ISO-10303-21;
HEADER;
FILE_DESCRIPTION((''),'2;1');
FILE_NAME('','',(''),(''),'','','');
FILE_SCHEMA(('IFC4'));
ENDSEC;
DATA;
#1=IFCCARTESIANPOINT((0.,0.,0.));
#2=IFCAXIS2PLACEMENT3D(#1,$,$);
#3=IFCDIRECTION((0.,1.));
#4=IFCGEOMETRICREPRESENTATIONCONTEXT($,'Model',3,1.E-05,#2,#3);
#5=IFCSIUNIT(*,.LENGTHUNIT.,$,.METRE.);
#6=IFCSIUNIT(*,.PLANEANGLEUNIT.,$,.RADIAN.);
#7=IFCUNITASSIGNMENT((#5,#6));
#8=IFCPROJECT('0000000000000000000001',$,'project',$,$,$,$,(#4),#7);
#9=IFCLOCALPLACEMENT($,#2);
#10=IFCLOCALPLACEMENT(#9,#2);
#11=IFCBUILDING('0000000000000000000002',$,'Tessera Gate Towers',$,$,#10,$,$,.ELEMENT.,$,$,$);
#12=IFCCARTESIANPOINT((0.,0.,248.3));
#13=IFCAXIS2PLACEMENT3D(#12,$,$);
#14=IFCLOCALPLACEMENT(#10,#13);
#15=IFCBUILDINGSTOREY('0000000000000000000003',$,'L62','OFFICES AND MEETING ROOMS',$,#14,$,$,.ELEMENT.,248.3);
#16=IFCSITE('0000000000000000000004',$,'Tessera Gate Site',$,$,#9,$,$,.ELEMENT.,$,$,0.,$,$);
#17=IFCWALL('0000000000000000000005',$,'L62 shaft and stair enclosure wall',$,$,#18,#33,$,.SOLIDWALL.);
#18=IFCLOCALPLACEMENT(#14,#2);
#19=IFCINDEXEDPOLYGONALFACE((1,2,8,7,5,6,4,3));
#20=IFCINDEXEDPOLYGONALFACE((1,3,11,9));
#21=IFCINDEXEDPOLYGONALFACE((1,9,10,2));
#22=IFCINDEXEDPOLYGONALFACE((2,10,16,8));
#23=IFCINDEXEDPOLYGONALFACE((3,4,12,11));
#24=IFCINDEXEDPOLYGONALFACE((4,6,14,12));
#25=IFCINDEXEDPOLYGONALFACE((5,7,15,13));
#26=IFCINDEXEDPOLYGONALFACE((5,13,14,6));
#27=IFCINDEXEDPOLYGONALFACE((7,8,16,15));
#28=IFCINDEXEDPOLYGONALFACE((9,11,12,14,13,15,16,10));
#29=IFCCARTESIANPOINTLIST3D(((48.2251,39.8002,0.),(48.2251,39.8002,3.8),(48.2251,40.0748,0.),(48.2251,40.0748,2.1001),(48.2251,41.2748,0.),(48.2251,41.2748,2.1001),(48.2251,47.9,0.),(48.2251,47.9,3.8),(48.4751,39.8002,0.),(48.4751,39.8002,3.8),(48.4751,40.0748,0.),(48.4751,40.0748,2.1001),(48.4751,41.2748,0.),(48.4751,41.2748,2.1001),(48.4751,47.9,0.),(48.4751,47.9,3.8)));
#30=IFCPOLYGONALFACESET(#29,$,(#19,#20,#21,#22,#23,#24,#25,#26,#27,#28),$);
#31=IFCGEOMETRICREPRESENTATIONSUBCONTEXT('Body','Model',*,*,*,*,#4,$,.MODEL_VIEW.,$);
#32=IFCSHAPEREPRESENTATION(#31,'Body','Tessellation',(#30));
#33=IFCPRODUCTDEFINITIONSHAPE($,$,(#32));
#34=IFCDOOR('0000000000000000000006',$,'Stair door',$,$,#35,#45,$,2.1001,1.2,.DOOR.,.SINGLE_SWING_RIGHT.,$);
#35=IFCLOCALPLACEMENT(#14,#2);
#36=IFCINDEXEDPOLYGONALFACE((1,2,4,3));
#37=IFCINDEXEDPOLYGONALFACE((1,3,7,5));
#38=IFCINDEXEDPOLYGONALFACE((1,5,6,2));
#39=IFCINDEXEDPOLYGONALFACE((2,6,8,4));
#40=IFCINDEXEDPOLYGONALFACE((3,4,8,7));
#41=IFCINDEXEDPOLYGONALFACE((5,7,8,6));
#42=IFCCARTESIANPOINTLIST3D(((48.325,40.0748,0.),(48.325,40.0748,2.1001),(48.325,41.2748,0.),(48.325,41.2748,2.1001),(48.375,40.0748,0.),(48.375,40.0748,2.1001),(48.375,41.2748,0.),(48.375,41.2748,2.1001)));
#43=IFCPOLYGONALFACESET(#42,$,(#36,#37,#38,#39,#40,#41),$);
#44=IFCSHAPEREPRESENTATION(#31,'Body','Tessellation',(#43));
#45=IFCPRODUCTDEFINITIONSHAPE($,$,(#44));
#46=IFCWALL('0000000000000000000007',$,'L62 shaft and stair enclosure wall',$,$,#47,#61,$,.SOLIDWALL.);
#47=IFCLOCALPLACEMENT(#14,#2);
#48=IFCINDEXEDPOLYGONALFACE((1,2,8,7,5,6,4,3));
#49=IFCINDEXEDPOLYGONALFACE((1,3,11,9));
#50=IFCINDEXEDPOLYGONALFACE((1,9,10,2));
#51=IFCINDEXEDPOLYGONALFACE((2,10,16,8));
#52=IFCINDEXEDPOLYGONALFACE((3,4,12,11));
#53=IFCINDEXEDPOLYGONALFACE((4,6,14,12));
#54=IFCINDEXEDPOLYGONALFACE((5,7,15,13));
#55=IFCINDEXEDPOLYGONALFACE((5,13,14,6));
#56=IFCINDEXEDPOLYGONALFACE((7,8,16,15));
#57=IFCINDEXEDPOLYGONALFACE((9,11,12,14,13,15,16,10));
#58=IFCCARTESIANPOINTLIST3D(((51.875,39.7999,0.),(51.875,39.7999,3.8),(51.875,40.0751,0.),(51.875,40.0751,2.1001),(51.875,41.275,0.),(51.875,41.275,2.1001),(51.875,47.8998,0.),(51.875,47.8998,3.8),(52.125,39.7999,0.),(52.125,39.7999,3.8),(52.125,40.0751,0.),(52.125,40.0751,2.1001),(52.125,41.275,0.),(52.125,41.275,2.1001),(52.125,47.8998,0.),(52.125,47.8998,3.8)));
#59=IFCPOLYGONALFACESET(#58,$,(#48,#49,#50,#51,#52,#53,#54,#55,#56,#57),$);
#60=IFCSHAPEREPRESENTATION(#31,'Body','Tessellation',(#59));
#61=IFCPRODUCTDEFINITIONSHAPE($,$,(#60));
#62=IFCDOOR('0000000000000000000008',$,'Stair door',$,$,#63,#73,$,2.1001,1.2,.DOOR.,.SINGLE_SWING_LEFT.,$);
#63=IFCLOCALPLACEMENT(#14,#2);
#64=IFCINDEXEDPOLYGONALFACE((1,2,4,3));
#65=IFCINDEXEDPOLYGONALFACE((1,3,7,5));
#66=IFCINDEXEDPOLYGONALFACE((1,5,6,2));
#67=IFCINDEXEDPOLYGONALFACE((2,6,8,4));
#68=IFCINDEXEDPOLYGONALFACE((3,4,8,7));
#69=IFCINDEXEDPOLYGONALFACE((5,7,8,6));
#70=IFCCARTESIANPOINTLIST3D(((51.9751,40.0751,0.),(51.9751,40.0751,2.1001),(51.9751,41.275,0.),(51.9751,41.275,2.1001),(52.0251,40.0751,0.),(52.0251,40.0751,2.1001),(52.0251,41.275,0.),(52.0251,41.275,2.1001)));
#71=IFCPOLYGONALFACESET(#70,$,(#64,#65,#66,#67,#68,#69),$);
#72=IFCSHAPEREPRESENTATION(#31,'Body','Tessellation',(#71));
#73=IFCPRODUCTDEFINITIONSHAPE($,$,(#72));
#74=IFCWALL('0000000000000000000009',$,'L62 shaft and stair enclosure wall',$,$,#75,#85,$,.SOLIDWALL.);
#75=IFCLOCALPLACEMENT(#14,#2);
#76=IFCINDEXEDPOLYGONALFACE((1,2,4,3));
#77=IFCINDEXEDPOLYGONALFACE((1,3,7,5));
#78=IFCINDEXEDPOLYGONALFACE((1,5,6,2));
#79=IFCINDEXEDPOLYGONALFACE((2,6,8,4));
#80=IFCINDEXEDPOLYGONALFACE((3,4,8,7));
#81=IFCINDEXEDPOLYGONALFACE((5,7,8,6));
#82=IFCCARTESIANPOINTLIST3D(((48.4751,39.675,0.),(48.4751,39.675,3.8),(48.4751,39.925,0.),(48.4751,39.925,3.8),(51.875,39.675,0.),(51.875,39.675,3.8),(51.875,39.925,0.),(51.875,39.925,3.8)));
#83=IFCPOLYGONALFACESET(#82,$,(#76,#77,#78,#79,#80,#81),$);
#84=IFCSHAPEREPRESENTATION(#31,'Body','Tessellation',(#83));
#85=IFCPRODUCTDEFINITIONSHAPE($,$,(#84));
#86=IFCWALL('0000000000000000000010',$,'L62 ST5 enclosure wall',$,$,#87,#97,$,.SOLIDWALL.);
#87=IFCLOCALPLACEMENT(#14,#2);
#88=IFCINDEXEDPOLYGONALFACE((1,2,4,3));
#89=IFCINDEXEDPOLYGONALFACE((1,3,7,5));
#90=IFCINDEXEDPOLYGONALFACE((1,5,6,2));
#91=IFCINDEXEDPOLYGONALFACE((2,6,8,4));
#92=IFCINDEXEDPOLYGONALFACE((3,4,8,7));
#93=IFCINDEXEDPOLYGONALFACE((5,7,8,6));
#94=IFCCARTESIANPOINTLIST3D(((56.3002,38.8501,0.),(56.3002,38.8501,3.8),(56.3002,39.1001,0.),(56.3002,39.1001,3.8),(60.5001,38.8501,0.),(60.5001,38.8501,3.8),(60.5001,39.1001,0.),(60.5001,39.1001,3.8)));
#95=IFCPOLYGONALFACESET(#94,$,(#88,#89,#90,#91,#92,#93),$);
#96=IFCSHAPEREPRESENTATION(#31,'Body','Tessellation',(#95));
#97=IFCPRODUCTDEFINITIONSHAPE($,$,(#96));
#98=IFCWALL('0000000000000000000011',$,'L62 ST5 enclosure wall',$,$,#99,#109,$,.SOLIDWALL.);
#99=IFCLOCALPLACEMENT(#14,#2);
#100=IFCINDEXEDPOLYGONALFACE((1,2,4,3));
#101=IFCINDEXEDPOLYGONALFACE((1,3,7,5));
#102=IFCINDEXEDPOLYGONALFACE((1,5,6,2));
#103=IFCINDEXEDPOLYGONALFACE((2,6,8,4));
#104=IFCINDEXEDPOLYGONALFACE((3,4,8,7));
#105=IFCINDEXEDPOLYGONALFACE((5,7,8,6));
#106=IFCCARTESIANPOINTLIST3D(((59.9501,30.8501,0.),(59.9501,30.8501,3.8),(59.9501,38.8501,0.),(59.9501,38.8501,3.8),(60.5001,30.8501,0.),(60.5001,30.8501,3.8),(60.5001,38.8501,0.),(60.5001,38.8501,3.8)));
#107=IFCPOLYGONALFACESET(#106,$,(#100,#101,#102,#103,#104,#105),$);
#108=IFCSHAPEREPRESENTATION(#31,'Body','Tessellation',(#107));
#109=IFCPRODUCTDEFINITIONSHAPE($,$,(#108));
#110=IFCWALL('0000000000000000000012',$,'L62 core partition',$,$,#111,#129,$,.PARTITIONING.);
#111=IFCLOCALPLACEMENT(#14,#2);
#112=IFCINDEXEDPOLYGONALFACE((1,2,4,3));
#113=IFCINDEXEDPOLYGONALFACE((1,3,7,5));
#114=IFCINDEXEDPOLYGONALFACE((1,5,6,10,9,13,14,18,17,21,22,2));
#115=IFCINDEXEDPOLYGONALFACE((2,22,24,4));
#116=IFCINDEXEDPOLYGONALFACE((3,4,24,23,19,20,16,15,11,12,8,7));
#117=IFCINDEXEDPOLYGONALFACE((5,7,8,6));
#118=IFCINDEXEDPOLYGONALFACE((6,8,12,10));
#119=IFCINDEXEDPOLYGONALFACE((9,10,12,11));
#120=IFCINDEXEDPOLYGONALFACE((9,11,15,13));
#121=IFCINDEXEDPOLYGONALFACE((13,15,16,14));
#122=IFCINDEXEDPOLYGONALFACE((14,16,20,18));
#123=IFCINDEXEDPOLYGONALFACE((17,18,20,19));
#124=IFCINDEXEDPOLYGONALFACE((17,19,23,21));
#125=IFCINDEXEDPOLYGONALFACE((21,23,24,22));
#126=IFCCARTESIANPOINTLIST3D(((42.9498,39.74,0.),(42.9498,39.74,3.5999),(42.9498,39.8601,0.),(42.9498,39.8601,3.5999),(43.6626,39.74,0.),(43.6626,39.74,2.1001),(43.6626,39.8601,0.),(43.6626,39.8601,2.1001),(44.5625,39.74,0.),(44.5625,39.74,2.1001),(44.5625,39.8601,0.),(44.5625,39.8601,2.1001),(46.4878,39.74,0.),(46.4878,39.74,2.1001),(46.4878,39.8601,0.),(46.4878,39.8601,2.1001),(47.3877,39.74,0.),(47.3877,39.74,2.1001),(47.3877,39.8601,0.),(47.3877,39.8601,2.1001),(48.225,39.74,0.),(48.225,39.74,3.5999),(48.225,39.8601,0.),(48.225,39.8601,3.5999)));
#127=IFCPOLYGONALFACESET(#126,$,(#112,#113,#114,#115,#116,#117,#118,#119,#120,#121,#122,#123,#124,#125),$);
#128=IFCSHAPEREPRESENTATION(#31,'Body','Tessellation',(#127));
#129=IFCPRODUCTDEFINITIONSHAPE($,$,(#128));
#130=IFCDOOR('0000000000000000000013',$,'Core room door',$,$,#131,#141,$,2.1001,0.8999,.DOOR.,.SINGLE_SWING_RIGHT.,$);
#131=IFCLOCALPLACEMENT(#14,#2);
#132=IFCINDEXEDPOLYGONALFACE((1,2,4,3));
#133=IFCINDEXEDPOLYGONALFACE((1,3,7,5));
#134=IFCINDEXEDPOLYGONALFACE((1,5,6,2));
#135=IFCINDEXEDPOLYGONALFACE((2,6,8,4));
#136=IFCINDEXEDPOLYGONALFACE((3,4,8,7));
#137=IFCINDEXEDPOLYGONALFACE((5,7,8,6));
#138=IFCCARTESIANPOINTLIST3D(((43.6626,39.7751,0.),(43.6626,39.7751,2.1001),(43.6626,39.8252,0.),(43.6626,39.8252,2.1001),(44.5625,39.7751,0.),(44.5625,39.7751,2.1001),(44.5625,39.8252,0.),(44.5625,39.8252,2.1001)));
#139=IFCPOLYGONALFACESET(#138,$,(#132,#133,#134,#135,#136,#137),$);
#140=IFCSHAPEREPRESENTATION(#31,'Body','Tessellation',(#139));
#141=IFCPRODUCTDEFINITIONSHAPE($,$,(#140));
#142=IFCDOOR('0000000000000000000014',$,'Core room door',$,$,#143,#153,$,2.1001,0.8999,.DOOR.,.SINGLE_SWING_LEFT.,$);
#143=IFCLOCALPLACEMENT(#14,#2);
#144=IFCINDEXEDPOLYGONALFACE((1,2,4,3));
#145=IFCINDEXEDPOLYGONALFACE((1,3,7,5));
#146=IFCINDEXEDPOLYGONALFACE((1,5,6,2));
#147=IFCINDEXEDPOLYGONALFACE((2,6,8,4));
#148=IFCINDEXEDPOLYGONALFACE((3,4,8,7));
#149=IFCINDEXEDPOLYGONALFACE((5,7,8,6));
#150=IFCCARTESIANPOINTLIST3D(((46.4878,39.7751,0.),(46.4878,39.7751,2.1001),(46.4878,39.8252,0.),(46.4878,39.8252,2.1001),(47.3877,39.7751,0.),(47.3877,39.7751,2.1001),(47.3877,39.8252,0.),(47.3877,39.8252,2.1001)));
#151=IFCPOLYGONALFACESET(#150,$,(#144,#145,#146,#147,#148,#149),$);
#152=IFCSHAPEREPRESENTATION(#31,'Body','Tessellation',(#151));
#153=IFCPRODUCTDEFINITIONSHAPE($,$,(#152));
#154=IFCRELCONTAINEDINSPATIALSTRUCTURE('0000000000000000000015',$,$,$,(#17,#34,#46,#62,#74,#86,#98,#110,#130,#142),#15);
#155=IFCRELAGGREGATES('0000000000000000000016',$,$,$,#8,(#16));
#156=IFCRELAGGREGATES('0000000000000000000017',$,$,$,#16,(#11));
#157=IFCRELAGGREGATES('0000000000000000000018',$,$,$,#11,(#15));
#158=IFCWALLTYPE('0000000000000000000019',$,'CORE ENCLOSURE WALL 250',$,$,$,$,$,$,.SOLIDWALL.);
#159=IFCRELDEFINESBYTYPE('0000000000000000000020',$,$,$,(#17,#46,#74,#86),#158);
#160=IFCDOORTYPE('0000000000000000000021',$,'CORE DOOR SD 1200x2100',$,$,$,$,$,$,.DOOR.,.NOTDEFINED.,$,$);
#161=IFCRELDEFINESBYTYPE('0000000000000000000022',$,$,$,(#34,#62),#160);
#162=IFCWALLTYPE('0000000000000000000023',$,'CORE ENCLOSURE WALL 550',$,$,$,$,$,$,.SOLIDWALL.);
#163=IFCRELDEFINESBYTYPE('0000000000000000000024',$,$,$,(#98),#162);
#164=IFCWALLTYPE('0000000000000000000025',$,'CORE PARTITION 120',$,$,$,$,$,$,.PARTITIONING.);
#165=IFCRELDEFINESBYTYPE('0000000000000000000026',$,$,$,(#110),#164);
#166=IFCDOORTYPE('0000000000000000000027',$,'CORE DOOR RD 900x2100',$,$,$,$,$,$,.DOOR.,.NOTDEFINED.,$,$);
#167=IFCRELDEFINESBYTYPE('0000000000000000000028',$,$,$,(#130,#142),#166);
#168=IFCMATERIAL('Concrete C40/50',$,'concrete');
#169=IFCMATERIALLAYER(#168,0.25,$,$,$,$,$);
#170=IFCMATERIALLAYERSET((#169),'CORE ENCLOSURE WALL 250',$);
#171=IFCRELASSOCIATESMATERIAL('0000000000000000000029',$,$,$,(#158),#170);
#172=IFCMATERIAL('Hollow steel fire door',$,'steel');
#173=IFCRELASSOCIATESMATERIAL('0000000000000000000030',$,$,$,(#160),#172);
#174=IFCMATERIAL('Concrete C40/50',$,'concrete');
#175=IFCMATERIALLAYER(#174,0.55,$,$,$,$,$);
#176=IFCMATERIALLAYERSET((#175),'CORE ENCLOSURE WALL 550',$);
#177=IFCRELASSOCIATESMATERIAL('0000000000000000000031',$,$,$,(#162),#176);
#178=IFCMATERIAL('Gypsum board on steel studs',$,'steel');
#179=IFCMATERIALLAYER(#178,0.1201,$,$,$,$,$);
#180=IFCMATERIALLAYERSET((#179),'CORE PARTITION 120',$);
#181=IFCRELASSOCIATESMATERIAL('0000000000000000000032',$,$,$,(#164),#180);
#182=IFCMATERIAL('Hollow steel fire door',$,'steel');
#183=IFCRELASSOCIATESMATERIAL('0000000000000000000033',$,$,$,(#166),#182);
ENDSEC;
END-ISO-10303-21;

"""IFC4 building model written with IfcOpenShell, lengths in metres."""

from ifc_helpers import new_model, si_unit, direction, frame, frame_2d, origin, place, context, subcontext, project, spatial, rectangle, extrude, source, transform, mapped, material, layer, layer_set, type_object, element, fill, save


model = new_model("IFC4")

# Units and contexts
model_context = context("Model", 3, precision=1e-05, world=origin(), true_north=direction((0.0, 1.0)))
body_context = subcontext(model_context, "Body", "Model", "MODEL_VIEW")
ifc_project = project(units=[si_unit("LENGTHUNIT", "METRE"), si_unit("PLANEANGLEUNIT", "RADIAN")], contexts=[model_context])

# Site, building, storey
site_placement = place(None, origin())
site = spatial("IfcSite", under=ifc_project, at=site_placement, Name="Tessera Gate Site", CompositionType="ELEMENT", RefElevation=0.0)
building_placement = place(site_placement, origin())
building = spatial("IfcBuilding", under=site, at=building_placement, Name="Tessera Gate Towers", CompositionType="ELEMENT")
storey_placement = place(building_placement, frame((0.0, 0.0, 248.3)))
storey = spatial("IfcBuildingStorey", under=building, at=storey_placement, Name="L62", Description="OFFICES AND MEETING ROOMS", CompositionType="ELEMENT", Elevation=248.3)

# Walls, openings, doors
ifc_material_1 = material(Name="Concrete C40/50", Category="concrete")
ifc_layer_1 = layer(ifc_material_1, 0.25)
ifc_layer_set_1 = layer_set([ifc_layer_1], Name="CORE ENCLOSURE WALL 250")
wall_type_1 = type_object("IfcWallType", Name="CORE ENCLOSURE WALL 250", PredefinedType="SOLIDWALL", material=ifc_layer_set_1)
wall_1_placement = place(storey_placement, frame((48.3501, 47.8999, 0.0), z_axis=(0.0, 0.0, 1.0), x_axis=(0.0, -1.0, 0.0)))
wall_1 = element("IfcWall", 1, at=wall_1_placement, inside=storey, type_object=wall_type_1, Name="L62 shaft and stair enclosure wall", PredefinedType="SOLIDWALL", context=body_context, shape_type="SweptSolid", body=[
    extrude(rectangle(XDim=8.0999, YDim=0.25, at=frame_2d((4.0498, 0.0))), origin(), (0.0, 0.0, 1.0), 3.8),
])
shared_shape_1 = source(origin(), body_context, "Body", "SweptSolid", [
    extrude(rectangle(XDim=1.2, YDim=2.1001, at=frame_2d((0.6001, 1.05))), frame((0.0, 0.135, 0.0), z_axis=(0.0, -1.0, 0.0), x_axis=(1.0, 0.0, 0.0)), (0.0, 0.0, 1.0), 0.27),
])
opening_1_placement = place(wall_1_placement, frame((6.625, 0.0, 0.0)))
opening_1 = element("IfcOpeningElement", 2, at=opening_1_placement, cuts=wall_1, PredefinedType="OPENING", context=body_context, shape_type="MappedRepresentation", body=[
    mapped(shared_shape_1, transform((0.0, 0.0, 0.0), scale=1.0)),
])
ifc_material_2 = material(Name="Hollow steel fire door", Category="steel")
door_type_1 = type_object("IfcDoorType", Name="CORE DOOR SD 1200x2100", OperationType="NOTDEFINED", PredefinedType="DOOR", material=ifc_material_2)
shared_shape_2 = source(origin(), body_context, "Body", "SweptSolid", [
    extrude(rectangle(XDim=1.2, YDim=2.1001, at=frame_2d((0.6001, 1.05))), frame((0.0, 0.0249, 0.0), z_axis=(0.0, -1.0, 0.0), x_axis=(1.0, 0.0, 0.0)), (0.0, 0.0, 1.0), 0.05),
])
door_1_placement = place(opening_1_placement, origin())
door_1 = element("IfcDoor", 3, at=door_1_placement, inside=storey, type_object=door_type_1, Name="Stair door", OperationType="SINGLE_SWING_RIGHT", OverallHeight=2.1001, OverallWidth=1.2, PredefinedType="DOOR", context=body_context, shape_type="MappedRepresentation", body=[
    mapped(shared_shape_2, transform((0.0, 0.0, 0.0), scale=1.0)),
])
fill(opening_1, door_1)
wall_2_placement = place(storey_placement, frame((52.0, 39.8, 0.0), z_axis=(0.0, 0.0, 1.0), x_axis=(0.0, 1.0, 0.0)))
wall_2 = element("IfcWall", 4, at=wall_2_placement, inside=storey, type_object=wall_type_1, Name="L62 shaft and stair enclosure wall", PredefinedType="SOLIDWALL", context=body_context, shape_type="SweptSolid", body=[
    extrude(rectangle(XDim=8.0999, YDim=0.25, at=frame_2d((4.0498, 0.0))), origin(), (0.0, 0.0, 1.0), 3.8),
])
opening_2_placement = place(wall_2_placement, frame((0.2749, 0.0, 0.0)))
opening_2 = element("IfcOpeningElement", 5, at=opening_2_placement, cuts=wall_2, PredefinedType="OPENING", context=body_context, shape_type="MappedRepresentation", body=[
    mapped(shared_shape_1, transform((0.0, 0.0, 0.0), scale=1.0)),
])
door_2_placement = place(opening_2_placement, origin())
door_2 = element("IfcDoor", 6, at=door_2_placement, inside=storey, type_object=door_type_1, Name="Stair door", OperationType="SINGLE_SWING_LEFT", OverallHeight=2.1001, OverallWidth=1.2, PredefinedType="DOOR", context=body_context, shape_type="MappedRepresentation", body=[
    mapped(shared_shape_2, transform((0.0, 0.0, 0.0), scale=1.0)),
])
fill(opening_2, door_2)

# Walls
wall_3_placement = place(storey_placement, frame((48.4751, 39.8, 0.0), z_axis=(0.0, 0.0, 1.0), x_axis=(1.0, 0.0, 0.0)))
element("IfcWall", 7, at=wall_3_placement, inside=storey, type_object=wall_type_1, Name="L62 shaft and stair enclosure wall", PredefinedType="SOLIDWALL", context=body_context, shape_type="SweptSolid", body=[
    extrude(rectangle(XDim=3.3999, YDim=0.25, at=frame_2d((1.7, 0.0))), origin(), (0.0, 0.0, 1.0), 3.8),
])
wall_4_placement = place(storey_placement, frame((56.3, 38.9751, 0.0), z_axis=(0.0, 0.0, 1.0), x_axis=(1.0, 0.0, 0.0)))
element("IfcWall", 8, at=wall_4_placement, inside=storey, type_object=wall_type_1, Name="L62 ST5 enclosure wall", PredefinedType="SOLIDWALL", context=body_context, shape_type="SweptSolid", body=[
    extrude(rectangle(XDim=4.2, YDim=0.25, at=frame_2d((2.1001, 0.0))), origin(), (0.0, 0.0, 1.0), 3.8),
])
ifc_material_3 = material(Name="Concrete C40/50", Category="concrete")
ifc_layer_2 = layer(ifc_material_3, 0.55)
ifc_layer_set_2 = layer_set([ifc_layer_2], Name="CORE ENCLOSURE WALL 550")
wall_type_2 = type_object("IfcWallType", Name="CORE ENCLOSURE WALL 550", PredefinedType="SOLIDWALL", material=ifc_layer_set_2)
wall_5_placement = place(storey_placement, frame((60.2251, 38.8501, 0.0), z_axis=(0.0, 0.0, 1.0), x_axis=(0.0, -1.0, 0.0)))
element("IfcWall", 9, at=wall_5_placement, inside=storey, type_object=wall_type_2, Name="L62 ST5 enclosure wall", PredefinedType="SOLIDWALL", context=body_context, shape_type="SweptSolid", body=[
    extrude(rectangle(XDim=8.0, YDim=0.55, at=frame_2d((4.0, 0.0))), origin(), (0.0, 0.0, 1.0), 3.8),
])

# Wall, openings, doors
ifc_material_4 = material(Name="Gypsum board on steel studs", Category="steel")
ifc_layer_3 = layer(ifc_material_4, 0.1201)
ifc_layer_set_3 = layer_set([ifc_layer_3], Name="CORE PARTITION 120")
wall_type_3 = type_object("IfcWallType", Name="CORE PARTITION 120", PredefinedType="PARTITIONING", material=ifc_layer_set_3)
wall_6_placement = place(storey_placement, frame((48.2251, 39.8, 0.0), z_axis=(0.0, 0.0, 1.0), x_axis=(-1.0, 0.0, 0.0)))
wall_6 = element("IfcWall", 10, at=wall_6_placement, inside=storey, type_object=wall_type_3, Name="L62 core partition", PredefinedType="PARTITIONING", context=body_context, shape_type="SweptSolid", body=[
    extrude(rectangle(XDim=5.2751, YDim=0.1201, at=frame_2d((2.6377, 0.0))), origin(), (0.0, 0.0, 1.0), 3.5999),
])
shared_shape_3 = source(origin(), body_context, "Body", "SweptSolid", [
    extrude(rectangle(XDim=0.8999, YDim=2.1001, at=frame_2d((0.45, 1.05))), frame((0.0, 0.0701, 0.0), z_axis=(0.0, -1.0, 0.0), x_axis=(1.0, 0.0, 0.0)), (0.0, 0.0, 1.0), 0.1401),
])
opening_3_placement = place(wall_6_placement, frame((3.6626, 0.0, 0.0)))
opening_3 = element("IfcOpeningElement", 11, at=opening_3_placement, cuts=wall_6, PredefinedType="OPENING", context=body_context, shape_type="MappedRepresentation", body=[
    mapped(shared_shape_3, transform((0.0, 0.0, 0.0), scale=1.0)),
])
opening_4_placement = place(wall_6_placement, frame((0.8374, 0.0, 0.0)))
opening_4 = element("IfcOpeningElement", 12, at=opening_4_placement, cuts=wall_6, PredefinedType="OPENING", context=body_context, shape_type="MappedRepresentation", body=[
    mapped(shared_shape_3, transform((0.0, 0.0, 0.0), scale=1.0)),
])
ifc_material_5 = material(Name="Hollow steel fire door", Category="steel")
door_type_2 = type_object("IfcDoorType", Name="CORE DOOR RD 900x2100", OperationType="NOTDEFINED", PredefinedType="DOOR", material=ifc_material_5)
shared_shape_4 = source(origin(), body_context, "Body", "SweptSolid", [
    extrude(rectangle(XDim=0.8999, YDim=2.1001, at=frame_2d((0.45, 1.05))), frame((0.0, 0.0249, 0.0), z_axis=(0.0, -1.0, 0.0), x_axis=(1.0, 0.0, 0.0)), (0.0, 0.0, 1.0), 0.05),
])
door_3_placement = place(opening_3_placement, origin())
door_3 = element("IfcDoor", 13, at=door_3_placement, inside=storey, type_object=door_type_2, Name="Core room door", OperationType="SINGLE_SWING_RIGHT", OverallHeight=2.1001, OverallWidth=0.8999, PredefinedType="DOOR", context=body_context, shape_type="MappedRepresentation", body=[
    mapped(shared_shape_4, transform((0.0, 0.0, 0.0), scale=1.0)),
])
fill(opening_3, door_3)
door_4_placement = place(opening_4_placement, origin())
door_4 = element("IfcDoor", 14, at=door_4_placement, inside=storey, type_object=door_type_2, Name="Core room door", OperationType="SINGLE_SWING_LEFT", OverallHeight=2.1001, OverallWidth=0.8999, PredefinedType="DOOR", context=body_context, shape_type="MappedRepresentation", body=[
    mapped(shared_shape_4, transform((0.0, 0.0, 0.0), scale=1.0)),
])
fill(opening_4, door_4)

save(model, "model.ifc")
